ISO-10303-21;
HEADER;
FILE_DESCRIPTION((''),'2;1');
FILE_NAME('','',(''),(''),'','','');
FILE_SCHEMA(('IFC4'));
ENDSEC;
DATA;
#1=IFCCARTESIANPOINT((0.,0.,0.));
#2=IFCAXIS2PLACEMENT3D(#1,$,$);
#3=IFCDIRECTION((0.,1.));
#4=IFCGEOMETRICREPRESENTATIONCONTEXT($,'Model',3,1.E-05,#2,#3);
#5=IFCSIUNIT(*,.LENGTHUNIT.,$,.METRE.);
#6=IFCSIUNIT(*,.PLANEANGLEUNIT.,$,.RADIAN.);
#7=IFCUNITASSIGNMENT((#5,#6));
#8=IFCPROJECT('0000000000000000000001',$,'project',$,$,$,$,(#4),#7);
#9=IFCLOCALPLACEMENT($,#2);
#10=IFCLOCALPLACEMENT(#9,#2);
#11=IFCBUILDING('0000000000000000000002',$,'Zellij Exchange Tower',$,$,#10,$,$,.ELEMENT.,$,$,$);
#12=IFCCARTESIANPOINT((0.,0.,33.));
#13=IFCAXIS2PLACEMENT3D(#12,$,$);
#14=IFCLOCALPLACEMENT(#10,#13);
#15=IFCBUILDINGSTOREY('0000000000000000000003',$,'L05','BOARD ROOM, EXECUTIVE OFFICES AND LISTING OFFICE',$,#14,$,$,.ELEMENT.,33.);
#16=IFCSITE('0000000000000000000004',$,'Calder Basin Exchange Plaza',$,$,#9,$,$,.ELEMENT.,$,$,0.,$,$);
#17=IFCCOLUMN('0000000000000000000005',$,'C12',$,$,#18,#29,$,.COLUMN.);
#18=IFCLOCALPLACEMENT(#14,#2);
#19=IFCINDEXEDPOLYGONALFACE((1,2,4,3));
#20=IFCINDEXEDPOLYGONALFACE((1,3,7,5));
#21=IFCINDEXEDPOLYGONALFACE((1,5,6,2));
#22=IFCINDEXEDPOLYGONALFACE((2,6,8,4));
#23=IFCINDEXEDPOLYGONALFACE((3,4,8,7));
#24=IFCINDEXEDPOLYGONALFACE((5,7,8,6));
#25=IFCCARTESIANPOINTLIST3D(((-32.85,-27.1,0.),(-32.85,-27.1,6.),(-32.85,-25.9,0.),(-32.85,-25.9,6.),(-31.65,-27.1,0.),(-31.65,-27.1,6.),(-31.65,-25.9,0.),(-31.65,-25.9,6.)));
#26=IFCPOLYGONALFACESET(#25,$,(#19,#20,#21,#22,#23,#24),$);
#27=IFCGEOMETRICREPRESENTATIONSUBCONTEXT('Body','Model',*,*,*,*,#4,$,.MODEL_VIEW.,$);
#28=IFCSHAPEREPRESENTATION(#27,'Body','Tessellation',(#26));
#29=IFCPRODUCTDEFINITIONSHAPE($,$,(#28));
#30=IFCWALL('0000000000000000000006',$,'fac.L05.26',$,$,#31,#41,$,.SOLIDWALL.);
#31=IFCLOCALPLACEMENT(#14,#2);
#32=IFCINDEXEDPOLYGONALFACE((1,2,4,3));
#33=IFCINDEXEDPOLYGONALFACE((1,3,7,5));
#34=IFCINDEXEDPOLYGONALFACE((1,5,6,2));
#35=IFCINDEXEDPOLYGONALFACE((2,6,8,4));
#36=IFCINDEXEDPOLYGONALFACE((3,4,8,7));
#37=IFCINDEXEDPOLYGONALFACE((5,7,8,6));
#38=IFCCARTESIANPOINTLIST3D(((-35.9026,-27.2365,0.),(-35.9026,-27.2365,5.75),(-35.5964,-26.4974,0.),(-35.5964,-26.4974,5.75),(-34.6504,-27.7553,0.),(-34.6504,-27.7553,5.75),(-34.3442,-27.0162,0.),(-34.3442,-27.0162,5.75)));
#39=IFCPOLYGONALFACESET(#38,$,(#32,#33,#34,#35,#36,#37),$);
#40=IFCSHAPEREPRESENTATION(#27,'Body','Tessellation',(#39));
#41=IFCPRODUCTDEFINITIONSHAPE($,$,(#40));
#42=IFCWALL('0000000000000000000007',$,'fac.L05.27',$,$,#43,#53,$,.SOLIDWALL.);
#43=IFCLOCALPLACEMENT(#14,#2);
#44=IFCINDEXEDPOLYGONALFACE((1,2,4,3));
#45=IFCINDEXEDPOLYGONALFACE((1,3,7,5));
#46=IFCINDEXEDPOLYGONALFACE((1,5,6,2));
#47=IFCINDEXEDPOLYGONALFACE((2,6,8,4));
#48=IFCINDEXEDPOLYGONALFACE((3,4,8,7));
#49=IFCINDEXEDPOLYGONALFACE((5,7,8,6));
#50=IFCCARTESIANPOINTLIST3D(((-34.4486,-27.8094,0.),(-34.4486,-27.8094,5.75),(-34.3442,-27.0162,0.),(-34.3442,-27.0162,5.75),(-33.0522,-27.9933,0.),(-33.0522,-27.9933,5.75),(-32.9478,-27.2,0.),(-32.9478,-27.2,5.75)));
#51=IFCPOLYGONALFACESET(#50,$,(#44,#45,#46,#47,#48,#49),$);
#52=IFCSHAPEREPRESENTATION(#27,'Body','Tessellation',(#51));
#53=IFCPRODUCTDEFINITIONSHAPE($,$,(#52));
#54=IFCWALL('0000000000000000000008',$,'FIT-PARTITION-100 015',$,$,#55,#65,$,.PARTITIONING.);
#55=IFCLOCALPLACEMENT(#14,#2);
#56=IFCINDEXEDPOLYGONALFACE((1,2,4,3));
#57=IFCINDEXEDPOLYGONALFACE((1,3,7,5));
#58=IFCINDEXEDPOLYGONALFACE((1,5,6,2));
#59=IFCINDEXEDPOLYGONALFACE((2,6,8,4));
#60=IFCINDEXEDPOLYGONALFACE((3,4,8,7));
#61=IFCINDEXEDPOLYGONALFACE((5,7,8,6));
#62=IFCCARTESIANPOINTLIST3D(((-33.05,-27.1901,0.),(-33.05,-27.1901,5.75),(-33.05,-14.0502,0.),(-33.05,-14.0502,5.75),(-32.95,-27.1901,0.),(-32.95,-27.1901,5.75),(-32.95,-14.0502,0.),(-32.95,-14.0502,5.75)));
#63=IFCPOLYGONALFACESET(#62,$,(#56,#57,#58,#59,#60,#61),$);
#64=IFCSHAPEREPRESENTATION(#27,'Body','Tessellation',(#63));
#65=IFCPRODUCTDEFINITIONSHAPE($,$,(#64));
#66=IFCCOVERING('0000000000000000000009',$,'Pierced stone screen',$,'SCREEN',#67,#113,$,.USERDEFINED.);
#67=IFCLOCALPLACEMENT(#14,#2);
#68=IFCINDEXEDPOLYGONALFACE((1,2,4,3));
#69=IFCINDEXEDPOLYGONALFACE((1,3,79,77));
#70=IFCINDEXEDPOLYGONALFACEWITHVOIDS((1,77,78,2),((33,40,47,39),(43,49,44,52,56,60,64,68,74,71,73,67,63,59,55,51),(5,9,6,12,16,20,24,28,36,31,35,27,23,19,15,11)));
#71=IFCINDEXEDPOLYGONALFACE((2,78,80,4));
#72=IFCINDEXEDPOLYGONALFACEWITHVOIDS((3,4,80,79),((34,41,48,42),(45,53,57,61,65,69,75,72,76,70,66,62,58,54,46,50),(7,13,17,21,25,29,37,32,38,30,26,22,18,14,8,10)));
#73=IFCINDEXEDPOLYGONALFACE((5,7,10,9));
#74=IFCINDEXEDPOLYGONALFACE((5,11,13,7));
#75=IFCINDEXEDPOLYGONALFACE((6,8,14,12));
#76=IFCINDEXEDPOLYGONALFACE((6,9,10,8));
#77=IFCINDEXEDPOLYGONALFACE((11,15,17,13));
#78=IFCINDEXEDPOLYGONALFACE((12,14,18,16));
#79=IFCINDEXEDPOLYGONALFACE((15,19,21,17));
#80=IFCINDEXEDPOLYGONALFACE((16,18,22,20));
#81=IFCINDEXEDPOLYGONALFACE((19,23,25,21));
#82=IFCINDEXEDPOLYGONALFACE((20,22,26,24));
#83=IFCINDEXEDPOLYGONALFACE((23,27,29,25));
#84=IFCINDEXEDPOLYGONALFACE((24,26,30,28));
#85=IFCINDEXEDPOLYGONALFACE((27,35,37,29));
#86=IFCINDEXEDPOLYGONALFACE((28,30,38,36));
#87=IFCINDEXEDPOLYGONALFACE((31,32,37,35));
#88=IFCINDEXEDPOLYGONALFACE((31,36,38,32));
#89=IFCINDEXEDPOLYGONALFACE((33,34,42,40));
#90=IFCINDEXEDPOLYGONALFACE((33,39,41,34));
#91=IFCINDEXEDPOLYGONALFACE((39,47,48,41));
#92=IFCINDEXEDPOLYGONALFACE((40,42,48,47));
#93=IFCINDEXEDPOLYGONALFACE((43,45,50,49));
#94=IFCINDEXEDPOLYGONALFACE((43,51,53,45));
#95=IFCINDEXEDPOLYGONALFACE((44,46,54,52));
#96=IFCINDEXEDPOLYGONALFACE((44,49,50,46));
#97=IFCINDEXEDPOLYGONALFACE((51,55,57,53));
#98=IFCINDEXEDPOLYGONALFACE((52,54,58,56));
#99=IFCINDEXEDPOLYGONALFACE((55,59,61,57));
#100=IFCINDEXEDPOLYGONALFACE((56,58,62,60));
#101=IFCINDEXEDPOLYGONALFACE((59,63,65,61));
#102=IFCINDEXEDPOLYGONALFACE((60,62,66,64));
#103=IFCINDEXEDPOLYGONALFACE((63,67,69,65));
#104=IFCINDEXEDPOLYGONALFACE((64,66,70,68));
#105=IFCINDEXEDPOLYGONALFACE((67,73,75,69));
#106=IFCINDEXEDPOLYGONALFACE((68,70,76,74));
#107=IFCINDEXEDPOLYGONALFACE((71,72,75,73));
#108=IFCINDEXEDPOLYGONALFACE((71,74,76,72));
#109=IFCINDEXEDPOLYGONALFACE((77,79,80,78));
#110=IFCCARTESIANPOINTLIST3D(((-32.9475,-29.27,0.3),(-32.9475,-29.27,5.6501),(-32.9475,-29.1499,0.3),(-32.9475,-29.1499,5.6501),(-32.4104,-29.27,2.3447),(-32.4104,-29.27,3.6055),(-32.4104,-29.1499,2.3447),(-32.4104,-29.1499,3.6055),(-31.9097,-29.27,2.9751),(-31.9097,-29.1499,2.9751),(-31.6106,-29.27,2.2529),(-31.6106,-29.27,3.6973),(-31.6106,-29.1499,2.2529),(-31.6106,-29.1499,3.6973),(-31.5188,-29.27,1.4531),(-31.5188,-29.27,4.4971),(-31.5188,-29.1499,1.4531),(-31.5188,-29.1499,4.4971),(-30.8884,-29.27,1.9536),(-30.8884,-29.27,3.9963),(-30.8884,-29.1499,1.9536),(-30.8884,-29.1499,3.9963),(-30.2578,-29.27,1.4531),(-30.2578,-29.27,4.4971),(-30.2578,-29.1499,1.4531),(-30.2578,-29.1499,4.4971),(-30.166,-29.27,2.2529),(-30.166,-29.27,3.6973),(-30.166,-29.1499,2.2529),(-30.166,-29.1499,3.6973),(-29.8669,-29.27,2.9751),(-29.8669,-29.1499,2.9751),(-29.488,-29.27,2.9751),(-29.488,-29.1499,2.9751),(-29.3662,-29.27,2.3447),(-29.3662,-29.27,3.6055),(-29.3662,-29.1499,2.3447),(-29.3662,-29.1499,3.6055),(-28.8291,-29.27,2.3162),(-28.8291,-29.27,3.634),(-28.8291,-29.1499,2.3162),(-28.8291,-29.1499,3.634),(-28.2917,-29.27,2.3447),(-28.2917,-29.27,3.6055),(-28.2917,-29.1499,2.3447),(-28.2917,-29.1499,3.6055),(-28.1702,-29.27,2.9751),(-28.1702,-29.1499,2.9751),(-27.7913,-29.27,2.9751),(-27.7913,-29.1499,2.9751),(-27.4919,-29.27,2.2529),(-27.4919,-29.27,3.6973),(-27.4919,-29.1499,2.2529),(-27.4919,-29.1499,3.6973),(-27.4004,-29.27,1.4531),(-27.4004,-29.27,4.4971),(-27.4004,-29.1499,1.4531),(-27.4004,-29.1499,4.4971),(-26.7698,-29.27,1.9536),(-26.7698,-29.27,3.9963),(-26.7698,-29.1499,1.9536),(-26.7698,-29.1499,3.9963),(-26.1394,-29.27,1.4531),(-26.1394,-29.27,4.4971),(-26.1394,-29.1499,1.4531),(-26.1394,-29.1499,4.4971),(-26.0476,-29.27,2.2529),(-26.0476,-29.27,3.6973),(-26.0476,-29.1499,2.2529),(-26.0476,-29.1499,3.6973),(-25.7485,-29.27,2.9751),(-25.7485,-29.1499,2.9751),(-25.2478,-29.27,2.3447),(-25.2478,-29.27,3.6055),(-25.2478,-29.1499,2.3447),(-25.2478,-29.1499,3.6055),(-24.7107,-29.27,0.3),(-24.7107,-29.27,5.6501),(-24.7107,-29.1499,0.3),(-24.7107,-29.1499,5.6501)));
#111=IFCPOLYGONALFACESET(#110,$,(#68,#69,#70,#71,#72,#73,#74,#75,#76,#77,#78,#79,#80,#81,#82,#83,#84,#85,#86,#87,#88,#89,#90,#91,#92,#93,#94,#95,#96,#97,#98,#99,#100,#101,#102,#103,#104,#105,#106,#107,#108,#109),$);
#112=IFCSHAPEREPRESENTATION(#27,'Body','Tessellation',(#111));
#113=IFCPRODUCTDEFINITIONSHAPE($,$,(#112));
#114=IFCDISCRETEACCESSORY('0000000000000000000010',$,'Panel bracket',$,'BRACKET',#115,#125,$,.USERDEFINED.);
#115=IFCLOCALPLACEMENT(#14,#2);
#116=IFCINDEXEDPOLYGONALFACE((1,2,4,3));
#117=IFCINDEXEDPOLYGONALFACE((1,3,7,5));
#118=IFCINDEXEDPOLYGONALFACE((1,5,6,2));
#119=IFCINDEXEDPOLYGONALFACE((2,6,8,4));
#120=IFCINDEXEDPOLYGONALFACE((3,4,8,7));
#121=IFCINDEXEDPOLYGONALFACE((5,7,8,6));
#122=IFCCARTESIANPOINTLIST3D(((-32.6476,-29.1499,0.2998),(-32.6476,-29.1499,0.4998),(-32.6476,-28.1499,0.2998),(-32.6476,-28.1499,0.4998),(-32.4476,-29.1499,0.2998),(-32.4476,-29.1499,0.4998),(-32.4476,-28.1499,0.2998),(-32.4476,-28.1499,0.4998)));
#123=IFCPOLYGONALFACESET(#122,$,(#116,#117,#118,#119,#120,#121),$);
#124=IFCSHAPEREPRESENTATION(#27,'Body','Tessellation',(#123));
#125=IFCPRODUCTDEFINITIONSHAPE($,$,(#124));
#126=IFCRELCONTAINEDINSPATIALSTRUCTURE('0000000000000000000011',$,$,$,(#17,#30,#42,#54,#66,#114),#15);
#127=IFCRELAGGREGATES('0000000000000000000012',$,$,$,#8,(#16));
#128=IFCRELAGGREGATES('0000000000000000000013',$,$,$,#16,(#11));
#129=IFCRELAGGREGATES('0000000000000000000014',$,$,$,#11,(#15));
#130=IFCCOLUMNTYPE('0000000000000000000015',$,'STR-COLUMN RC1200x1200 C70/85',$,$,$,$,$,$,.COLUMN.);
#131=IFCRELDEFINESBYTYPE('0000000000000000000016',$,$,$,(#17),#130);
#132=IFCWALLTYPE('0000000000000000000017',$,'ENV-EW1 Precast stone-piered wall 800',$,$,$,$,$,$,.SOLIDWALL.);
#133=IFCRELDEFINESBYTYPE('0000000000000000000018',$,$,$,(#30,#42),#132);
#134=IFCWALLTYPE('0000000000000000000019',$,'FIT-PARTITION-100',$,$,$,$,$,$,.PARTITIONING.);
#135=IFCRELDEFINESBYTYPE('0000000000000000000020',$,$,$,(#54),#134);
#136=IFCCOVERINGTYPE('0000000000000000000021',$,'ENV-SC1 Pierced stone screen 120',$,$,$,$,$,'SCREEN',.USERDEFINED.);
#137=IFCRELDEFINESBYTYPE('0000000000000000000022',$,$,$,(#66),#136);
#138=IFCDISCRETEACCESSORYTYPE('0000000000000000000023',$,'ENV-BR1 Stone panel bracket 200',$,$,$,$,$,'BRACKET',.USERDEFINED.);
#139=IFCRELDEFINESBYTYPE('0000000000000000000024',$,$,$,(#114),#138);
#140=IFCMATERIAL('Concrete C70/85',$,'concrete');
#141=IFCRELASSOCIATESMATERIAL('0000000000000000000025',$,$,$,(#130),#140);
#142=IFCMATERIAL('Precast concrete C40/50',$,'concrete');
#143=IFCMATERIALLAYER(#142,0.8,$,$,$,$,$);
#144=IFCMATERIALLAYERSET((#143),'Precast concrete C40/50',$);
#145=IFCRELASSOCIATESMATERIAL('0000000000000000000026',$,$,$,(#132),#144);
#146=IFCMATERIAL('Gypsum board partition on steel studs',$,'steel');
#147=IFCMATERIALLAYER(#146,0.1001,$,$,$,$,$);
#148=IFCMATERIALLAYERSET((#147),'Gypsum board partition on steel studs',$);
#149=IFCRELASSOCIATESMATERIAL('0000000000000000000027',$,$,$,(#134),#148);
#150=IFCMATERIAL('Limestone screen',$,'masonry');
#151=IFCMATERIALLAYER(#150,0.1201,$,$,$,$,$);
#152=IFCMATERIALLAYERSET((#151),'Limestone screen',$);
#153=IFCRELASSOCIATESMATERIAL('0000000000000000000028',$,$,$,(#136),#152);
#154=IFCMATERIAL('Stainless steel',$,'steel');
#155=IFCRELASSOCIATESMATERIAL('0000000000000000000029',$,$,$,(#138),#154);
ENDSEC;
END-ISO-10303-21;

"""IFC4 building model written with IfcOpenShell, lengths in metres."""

from ifc_helpers import new_model, si_unit, direction, frame, frame_2d, origin, origin_2d, place, context, subcontext, project, spatial, polyline, rectangle, outline, extrude, material, layer, layer_set, material_profile, profile_set, type_object, element, save


model = new_model("IFC4")

# Units and contexts
model_context = context("Model", 3, precision=1e-05, world=origin(), true_north=direction((0.0, 1.0)))
body_context = subcontext(model_context, "Body", "Model", "MODEL_VIEW")
ifc_project = project(units=[si_unit("LENGTHUNIT", "METRE"), si_unit("PLANEANGLEUNIT", "RADIAN")], contexts=[model_context])

# Site, building, storey
site_placement = place(None, origin())
site = spatial("IfcSite", under=ifc_project, at=site_placement, Name="Calder Basin Exchange Plaza", CompositionType="ELEMENT", RefElevation=0.0)
building_placement = place(site_placement, origin())
building = spatial("IfcBuilding", under=site, at=building_placement, Name="Zellij Exchange Tower", CompositionType="ELEMENT")
storey_placement = place(building_placement, frame((0.0, 0.0, 33.0)))
storey = spatial("IfcBuildingStorey", under=building, at=storey_placement, Name="L05", Description="BOARD ROOM, EXECUTIVE OFFICES AND LISTING OFFICE", CompositionType="ELEMENT", Elevation=33.0)

# Column
ifc_material_1 = material(Name="Concrete C70/85", Category="concrete")
ifc_material_profile = material_profile(ifc_material_1, rectangle(XDim=1.2, YDim=1.2, at=origin_2d()), Name="STR-COLUMN RC1200x1200 C70/85")
ifc_profile_set = profile_set([ifc_material_profile], Name="Concrete C70/85")
column_type = type_object("IfcColumnType", Name="STR-COLUMN RC1200x1200 C70/85", PredefinedType="COLUMN", material=ifc_profile_set)
column_placement = place(storey_placement, frame((-32.25, -26.5, 0.0), z_axis=(0.0, 0.0, 1.0), x_axis=(1.0, 0.0, 0.0)))
element("IfcColumn", 1, at=column_placement, inside=storey, type_object=column_type, Name="C12", PredefinedType="COLUMN", context=body_context, shape_type="SweptSolid", body=[
    extrude(rectangle(XDim=1.2, YDim=1.2, at=origin_2d()), origin(), (0.0, 0.0, 1.0), 6.0),
])

# Shared definitions
ifc_material_2 = material(Name="Precast concrete C40/50", Category="concrete")
ifc_layer_1 = layer(ifc_material_2, 0.8)
ifc_layer_set_1 = layer_set([ifc_layer_1], Name="Precast concrete C40/50")
wall_type_1 = type_object("IfcWallType", Name="ENV-EW1 Precast stone-piered wall 800", PredefinedType="SOLIDWALL", material=ifc_layer_set_1)

# Walls
wall_1_placement = place(storey_placement, frame((-35.7495, -26.8669, 0.0), z_axis=(0.0, 0.0, 1.0), x_axis=(0.923848, -0.38276, 0.0)))
element("IfcWall", 2, at=wall_1_placement, inside=storey, type_object=wall_type_1, Name="fac.L05.26", PredefinedType="SOLIDWALL", context=body_context, shape_type="SweptSolid", body=[
    extrude(rectangle(XDim=1.3555, YDim=0.8, at=frame_2d((0.6777, 0.0))), origin(), (0.0, 0.0, 1.0), 5.75),
])
wall_2_placement = place(storey_placement, frame((-34.3962, -27.4128, 0.0), z_axis=(0.0, 0.0, 1.0), x_axis=(0.991446, -0.130517, 0.0)))
element("IfcWall", 3, at=wall_2_placement, inside=storey, type_object=wall_type_1, Name="fac.L05.27", PredefinedType="SOLIDWALL", context=body_context, shape_type="SweptSolid", body=[
    extrude(rectangle(XDim=1.4084, YDim=0.8, at=frame_2d((0.7041, 0.0))), origin(), (0.0, 0.0, 1.0), 5.75),
])
ifc_material_3 = material(Name="Gypsum board partition on steel studs", Category="steel")
ifc_layer_2 = layer(ifc_material_3, 0.1001)
ifc_layer_set_2 = layer_set([ifc_layer_2], Name="Gypsum board partition on steel studs")
wall_type_2 = type_object("IfcWallType", Name="FIT-PARTITION-100", PredefinedType="PARTITIONING", material=ifc_layer_set_2)
wall_3_placement = place(storey_placement, frame((-33.0, -27.1899, 0.0), z_axis=(0.0, 0.0, 1.0), x_axis=(0.0, 1.0, 0.0)))
element("IfcWall", 4, at=wall_3_placement, inside=storey, type_object=wall_type_2, Name="FIT-PARTITION-100 015", PredefinedType="PARTITIONING", context=body_context, shape_type="SweptSolid", body=[
    extrude(rectangle(XDim=13.1399, YDim=0.1001, at=frame_2d((6.5698, 0.0))), origin(), (0.0, 0.0, 1.0), 5.75),
])

# Covering
ifc_material_4 = material(Name="Limestone screen", Category="masonry")
ifc_layer_3 = layer(ifc_material_4, 0.1201)
ifc_layer_set_3 = layer_set([ifc_layer_3], Name="Limestone screen")
covering_type = type_object("IfcCoveringType", Name="ENV-SC1 Pierced stone screen 120", ElementType="SCREEN", PredefinedType="USERDEFINED", material=ifc_layer_set_3)
covering_placement = place(storey_placement, frame((-32.9475, -29.21, 0.3), z_axis=(0.0, 0.0, 1.0), x_axis=(1.0, 0.0, 0.0)))
element("IfcCovering", 5, at=covering_placement, inside=storey, type_object=covering_type, Name="Pierced stone screen", ObjectType="SCREEN", PredefinedType="USERDEFINED", context=body_context, shape_type="SweptSolid", body=[
    extrude(outline(polyline([(0.0, 0.0), (8.2368, 0.0), (8.2368, 5.3501), (0.0, 5.3501), (0.0, 0.0)]), holes=[polyline([(3.5813, 3.3054), (2.7815, 3.3972), (2.6897, 4.197), (2.0591, 3.6963), (1.4287, 4.197), (1.3369, 3.3972), (0.5371, 3.3054), (1.0378, 2.675), (0.5371, 2.0447), (1.3369, 1.9529), (1.4287, 1.1531), (2.0591, 1.6536), (2.6897, 1.1531), (2.7815, 1.9529), (3.5813, 2.0447), (3.0806, 2.675), (3.5813, 3.3054)]), polyline([(7.6997, 3.3054), (6.8999, 3.3972), (6.8081, 4.197), (6.1777, 3.6963), (5.5471, 4.197), (5.4556, 3.3972), (4.6558, 3.3054), (5.1562, 2.675), (4.6558, 2.0447), (5.4556, 1.9529), (5.5471, 1.1531), (6.1777, 1.6536), (6.8081, 1.1531), (6.8999, 1.9529), (7.6997, 2.0447), (7.199, 2.675), (7.6997, 3.3054)]), polyline([(4.7773, 2.675), (4.1184, 3.334), (3.4595, 2.675), (4.1184, 2.0161), (4.7773, 2.675)])]), frame((0.0, 0.0601, 0.0), z_axis=(0.0, -1.0, 0.0), x_axis=(1.0, 0.0, 0.0)), (0.0, 0.0, 1.0), 0.1201),
])

# Discrete accessory
ifc_material_5 = material(Name="Stainless steel", Category="steel")
discrete_accessory_type = type_object("IfcDiscreteAccessoryType", Name="ENV-BR1 Stone panel bracket 200", ElementType="BRACKET", PredefinedType="USERDEFINED", material=ifc_material_5)
discrete_accessory_placement = place(storey_placement, frame((-32.5476, -28.6499, 0.2998), z_axis=(0.0, 0.0, 1.0), x_axis=(1.0, 0.0, 0.0)))
element("IfcDiscreteAccessory", 6, at=discrete_accessory_placement, inside=storey, type_object=discrete_accessory_type, Name="Panel bracket", ObjectType="BRACKET", PredefinedType="USERDEFINED", context=body_context, shape_type="SweptSolid", body=[
    extrude(rectangle(XDim=0.2, YDim=1.0, at=origin_2d()), origin(), (0.0, 0.0, 1.0), 0.2),
])

save(model, "model.ifc")
